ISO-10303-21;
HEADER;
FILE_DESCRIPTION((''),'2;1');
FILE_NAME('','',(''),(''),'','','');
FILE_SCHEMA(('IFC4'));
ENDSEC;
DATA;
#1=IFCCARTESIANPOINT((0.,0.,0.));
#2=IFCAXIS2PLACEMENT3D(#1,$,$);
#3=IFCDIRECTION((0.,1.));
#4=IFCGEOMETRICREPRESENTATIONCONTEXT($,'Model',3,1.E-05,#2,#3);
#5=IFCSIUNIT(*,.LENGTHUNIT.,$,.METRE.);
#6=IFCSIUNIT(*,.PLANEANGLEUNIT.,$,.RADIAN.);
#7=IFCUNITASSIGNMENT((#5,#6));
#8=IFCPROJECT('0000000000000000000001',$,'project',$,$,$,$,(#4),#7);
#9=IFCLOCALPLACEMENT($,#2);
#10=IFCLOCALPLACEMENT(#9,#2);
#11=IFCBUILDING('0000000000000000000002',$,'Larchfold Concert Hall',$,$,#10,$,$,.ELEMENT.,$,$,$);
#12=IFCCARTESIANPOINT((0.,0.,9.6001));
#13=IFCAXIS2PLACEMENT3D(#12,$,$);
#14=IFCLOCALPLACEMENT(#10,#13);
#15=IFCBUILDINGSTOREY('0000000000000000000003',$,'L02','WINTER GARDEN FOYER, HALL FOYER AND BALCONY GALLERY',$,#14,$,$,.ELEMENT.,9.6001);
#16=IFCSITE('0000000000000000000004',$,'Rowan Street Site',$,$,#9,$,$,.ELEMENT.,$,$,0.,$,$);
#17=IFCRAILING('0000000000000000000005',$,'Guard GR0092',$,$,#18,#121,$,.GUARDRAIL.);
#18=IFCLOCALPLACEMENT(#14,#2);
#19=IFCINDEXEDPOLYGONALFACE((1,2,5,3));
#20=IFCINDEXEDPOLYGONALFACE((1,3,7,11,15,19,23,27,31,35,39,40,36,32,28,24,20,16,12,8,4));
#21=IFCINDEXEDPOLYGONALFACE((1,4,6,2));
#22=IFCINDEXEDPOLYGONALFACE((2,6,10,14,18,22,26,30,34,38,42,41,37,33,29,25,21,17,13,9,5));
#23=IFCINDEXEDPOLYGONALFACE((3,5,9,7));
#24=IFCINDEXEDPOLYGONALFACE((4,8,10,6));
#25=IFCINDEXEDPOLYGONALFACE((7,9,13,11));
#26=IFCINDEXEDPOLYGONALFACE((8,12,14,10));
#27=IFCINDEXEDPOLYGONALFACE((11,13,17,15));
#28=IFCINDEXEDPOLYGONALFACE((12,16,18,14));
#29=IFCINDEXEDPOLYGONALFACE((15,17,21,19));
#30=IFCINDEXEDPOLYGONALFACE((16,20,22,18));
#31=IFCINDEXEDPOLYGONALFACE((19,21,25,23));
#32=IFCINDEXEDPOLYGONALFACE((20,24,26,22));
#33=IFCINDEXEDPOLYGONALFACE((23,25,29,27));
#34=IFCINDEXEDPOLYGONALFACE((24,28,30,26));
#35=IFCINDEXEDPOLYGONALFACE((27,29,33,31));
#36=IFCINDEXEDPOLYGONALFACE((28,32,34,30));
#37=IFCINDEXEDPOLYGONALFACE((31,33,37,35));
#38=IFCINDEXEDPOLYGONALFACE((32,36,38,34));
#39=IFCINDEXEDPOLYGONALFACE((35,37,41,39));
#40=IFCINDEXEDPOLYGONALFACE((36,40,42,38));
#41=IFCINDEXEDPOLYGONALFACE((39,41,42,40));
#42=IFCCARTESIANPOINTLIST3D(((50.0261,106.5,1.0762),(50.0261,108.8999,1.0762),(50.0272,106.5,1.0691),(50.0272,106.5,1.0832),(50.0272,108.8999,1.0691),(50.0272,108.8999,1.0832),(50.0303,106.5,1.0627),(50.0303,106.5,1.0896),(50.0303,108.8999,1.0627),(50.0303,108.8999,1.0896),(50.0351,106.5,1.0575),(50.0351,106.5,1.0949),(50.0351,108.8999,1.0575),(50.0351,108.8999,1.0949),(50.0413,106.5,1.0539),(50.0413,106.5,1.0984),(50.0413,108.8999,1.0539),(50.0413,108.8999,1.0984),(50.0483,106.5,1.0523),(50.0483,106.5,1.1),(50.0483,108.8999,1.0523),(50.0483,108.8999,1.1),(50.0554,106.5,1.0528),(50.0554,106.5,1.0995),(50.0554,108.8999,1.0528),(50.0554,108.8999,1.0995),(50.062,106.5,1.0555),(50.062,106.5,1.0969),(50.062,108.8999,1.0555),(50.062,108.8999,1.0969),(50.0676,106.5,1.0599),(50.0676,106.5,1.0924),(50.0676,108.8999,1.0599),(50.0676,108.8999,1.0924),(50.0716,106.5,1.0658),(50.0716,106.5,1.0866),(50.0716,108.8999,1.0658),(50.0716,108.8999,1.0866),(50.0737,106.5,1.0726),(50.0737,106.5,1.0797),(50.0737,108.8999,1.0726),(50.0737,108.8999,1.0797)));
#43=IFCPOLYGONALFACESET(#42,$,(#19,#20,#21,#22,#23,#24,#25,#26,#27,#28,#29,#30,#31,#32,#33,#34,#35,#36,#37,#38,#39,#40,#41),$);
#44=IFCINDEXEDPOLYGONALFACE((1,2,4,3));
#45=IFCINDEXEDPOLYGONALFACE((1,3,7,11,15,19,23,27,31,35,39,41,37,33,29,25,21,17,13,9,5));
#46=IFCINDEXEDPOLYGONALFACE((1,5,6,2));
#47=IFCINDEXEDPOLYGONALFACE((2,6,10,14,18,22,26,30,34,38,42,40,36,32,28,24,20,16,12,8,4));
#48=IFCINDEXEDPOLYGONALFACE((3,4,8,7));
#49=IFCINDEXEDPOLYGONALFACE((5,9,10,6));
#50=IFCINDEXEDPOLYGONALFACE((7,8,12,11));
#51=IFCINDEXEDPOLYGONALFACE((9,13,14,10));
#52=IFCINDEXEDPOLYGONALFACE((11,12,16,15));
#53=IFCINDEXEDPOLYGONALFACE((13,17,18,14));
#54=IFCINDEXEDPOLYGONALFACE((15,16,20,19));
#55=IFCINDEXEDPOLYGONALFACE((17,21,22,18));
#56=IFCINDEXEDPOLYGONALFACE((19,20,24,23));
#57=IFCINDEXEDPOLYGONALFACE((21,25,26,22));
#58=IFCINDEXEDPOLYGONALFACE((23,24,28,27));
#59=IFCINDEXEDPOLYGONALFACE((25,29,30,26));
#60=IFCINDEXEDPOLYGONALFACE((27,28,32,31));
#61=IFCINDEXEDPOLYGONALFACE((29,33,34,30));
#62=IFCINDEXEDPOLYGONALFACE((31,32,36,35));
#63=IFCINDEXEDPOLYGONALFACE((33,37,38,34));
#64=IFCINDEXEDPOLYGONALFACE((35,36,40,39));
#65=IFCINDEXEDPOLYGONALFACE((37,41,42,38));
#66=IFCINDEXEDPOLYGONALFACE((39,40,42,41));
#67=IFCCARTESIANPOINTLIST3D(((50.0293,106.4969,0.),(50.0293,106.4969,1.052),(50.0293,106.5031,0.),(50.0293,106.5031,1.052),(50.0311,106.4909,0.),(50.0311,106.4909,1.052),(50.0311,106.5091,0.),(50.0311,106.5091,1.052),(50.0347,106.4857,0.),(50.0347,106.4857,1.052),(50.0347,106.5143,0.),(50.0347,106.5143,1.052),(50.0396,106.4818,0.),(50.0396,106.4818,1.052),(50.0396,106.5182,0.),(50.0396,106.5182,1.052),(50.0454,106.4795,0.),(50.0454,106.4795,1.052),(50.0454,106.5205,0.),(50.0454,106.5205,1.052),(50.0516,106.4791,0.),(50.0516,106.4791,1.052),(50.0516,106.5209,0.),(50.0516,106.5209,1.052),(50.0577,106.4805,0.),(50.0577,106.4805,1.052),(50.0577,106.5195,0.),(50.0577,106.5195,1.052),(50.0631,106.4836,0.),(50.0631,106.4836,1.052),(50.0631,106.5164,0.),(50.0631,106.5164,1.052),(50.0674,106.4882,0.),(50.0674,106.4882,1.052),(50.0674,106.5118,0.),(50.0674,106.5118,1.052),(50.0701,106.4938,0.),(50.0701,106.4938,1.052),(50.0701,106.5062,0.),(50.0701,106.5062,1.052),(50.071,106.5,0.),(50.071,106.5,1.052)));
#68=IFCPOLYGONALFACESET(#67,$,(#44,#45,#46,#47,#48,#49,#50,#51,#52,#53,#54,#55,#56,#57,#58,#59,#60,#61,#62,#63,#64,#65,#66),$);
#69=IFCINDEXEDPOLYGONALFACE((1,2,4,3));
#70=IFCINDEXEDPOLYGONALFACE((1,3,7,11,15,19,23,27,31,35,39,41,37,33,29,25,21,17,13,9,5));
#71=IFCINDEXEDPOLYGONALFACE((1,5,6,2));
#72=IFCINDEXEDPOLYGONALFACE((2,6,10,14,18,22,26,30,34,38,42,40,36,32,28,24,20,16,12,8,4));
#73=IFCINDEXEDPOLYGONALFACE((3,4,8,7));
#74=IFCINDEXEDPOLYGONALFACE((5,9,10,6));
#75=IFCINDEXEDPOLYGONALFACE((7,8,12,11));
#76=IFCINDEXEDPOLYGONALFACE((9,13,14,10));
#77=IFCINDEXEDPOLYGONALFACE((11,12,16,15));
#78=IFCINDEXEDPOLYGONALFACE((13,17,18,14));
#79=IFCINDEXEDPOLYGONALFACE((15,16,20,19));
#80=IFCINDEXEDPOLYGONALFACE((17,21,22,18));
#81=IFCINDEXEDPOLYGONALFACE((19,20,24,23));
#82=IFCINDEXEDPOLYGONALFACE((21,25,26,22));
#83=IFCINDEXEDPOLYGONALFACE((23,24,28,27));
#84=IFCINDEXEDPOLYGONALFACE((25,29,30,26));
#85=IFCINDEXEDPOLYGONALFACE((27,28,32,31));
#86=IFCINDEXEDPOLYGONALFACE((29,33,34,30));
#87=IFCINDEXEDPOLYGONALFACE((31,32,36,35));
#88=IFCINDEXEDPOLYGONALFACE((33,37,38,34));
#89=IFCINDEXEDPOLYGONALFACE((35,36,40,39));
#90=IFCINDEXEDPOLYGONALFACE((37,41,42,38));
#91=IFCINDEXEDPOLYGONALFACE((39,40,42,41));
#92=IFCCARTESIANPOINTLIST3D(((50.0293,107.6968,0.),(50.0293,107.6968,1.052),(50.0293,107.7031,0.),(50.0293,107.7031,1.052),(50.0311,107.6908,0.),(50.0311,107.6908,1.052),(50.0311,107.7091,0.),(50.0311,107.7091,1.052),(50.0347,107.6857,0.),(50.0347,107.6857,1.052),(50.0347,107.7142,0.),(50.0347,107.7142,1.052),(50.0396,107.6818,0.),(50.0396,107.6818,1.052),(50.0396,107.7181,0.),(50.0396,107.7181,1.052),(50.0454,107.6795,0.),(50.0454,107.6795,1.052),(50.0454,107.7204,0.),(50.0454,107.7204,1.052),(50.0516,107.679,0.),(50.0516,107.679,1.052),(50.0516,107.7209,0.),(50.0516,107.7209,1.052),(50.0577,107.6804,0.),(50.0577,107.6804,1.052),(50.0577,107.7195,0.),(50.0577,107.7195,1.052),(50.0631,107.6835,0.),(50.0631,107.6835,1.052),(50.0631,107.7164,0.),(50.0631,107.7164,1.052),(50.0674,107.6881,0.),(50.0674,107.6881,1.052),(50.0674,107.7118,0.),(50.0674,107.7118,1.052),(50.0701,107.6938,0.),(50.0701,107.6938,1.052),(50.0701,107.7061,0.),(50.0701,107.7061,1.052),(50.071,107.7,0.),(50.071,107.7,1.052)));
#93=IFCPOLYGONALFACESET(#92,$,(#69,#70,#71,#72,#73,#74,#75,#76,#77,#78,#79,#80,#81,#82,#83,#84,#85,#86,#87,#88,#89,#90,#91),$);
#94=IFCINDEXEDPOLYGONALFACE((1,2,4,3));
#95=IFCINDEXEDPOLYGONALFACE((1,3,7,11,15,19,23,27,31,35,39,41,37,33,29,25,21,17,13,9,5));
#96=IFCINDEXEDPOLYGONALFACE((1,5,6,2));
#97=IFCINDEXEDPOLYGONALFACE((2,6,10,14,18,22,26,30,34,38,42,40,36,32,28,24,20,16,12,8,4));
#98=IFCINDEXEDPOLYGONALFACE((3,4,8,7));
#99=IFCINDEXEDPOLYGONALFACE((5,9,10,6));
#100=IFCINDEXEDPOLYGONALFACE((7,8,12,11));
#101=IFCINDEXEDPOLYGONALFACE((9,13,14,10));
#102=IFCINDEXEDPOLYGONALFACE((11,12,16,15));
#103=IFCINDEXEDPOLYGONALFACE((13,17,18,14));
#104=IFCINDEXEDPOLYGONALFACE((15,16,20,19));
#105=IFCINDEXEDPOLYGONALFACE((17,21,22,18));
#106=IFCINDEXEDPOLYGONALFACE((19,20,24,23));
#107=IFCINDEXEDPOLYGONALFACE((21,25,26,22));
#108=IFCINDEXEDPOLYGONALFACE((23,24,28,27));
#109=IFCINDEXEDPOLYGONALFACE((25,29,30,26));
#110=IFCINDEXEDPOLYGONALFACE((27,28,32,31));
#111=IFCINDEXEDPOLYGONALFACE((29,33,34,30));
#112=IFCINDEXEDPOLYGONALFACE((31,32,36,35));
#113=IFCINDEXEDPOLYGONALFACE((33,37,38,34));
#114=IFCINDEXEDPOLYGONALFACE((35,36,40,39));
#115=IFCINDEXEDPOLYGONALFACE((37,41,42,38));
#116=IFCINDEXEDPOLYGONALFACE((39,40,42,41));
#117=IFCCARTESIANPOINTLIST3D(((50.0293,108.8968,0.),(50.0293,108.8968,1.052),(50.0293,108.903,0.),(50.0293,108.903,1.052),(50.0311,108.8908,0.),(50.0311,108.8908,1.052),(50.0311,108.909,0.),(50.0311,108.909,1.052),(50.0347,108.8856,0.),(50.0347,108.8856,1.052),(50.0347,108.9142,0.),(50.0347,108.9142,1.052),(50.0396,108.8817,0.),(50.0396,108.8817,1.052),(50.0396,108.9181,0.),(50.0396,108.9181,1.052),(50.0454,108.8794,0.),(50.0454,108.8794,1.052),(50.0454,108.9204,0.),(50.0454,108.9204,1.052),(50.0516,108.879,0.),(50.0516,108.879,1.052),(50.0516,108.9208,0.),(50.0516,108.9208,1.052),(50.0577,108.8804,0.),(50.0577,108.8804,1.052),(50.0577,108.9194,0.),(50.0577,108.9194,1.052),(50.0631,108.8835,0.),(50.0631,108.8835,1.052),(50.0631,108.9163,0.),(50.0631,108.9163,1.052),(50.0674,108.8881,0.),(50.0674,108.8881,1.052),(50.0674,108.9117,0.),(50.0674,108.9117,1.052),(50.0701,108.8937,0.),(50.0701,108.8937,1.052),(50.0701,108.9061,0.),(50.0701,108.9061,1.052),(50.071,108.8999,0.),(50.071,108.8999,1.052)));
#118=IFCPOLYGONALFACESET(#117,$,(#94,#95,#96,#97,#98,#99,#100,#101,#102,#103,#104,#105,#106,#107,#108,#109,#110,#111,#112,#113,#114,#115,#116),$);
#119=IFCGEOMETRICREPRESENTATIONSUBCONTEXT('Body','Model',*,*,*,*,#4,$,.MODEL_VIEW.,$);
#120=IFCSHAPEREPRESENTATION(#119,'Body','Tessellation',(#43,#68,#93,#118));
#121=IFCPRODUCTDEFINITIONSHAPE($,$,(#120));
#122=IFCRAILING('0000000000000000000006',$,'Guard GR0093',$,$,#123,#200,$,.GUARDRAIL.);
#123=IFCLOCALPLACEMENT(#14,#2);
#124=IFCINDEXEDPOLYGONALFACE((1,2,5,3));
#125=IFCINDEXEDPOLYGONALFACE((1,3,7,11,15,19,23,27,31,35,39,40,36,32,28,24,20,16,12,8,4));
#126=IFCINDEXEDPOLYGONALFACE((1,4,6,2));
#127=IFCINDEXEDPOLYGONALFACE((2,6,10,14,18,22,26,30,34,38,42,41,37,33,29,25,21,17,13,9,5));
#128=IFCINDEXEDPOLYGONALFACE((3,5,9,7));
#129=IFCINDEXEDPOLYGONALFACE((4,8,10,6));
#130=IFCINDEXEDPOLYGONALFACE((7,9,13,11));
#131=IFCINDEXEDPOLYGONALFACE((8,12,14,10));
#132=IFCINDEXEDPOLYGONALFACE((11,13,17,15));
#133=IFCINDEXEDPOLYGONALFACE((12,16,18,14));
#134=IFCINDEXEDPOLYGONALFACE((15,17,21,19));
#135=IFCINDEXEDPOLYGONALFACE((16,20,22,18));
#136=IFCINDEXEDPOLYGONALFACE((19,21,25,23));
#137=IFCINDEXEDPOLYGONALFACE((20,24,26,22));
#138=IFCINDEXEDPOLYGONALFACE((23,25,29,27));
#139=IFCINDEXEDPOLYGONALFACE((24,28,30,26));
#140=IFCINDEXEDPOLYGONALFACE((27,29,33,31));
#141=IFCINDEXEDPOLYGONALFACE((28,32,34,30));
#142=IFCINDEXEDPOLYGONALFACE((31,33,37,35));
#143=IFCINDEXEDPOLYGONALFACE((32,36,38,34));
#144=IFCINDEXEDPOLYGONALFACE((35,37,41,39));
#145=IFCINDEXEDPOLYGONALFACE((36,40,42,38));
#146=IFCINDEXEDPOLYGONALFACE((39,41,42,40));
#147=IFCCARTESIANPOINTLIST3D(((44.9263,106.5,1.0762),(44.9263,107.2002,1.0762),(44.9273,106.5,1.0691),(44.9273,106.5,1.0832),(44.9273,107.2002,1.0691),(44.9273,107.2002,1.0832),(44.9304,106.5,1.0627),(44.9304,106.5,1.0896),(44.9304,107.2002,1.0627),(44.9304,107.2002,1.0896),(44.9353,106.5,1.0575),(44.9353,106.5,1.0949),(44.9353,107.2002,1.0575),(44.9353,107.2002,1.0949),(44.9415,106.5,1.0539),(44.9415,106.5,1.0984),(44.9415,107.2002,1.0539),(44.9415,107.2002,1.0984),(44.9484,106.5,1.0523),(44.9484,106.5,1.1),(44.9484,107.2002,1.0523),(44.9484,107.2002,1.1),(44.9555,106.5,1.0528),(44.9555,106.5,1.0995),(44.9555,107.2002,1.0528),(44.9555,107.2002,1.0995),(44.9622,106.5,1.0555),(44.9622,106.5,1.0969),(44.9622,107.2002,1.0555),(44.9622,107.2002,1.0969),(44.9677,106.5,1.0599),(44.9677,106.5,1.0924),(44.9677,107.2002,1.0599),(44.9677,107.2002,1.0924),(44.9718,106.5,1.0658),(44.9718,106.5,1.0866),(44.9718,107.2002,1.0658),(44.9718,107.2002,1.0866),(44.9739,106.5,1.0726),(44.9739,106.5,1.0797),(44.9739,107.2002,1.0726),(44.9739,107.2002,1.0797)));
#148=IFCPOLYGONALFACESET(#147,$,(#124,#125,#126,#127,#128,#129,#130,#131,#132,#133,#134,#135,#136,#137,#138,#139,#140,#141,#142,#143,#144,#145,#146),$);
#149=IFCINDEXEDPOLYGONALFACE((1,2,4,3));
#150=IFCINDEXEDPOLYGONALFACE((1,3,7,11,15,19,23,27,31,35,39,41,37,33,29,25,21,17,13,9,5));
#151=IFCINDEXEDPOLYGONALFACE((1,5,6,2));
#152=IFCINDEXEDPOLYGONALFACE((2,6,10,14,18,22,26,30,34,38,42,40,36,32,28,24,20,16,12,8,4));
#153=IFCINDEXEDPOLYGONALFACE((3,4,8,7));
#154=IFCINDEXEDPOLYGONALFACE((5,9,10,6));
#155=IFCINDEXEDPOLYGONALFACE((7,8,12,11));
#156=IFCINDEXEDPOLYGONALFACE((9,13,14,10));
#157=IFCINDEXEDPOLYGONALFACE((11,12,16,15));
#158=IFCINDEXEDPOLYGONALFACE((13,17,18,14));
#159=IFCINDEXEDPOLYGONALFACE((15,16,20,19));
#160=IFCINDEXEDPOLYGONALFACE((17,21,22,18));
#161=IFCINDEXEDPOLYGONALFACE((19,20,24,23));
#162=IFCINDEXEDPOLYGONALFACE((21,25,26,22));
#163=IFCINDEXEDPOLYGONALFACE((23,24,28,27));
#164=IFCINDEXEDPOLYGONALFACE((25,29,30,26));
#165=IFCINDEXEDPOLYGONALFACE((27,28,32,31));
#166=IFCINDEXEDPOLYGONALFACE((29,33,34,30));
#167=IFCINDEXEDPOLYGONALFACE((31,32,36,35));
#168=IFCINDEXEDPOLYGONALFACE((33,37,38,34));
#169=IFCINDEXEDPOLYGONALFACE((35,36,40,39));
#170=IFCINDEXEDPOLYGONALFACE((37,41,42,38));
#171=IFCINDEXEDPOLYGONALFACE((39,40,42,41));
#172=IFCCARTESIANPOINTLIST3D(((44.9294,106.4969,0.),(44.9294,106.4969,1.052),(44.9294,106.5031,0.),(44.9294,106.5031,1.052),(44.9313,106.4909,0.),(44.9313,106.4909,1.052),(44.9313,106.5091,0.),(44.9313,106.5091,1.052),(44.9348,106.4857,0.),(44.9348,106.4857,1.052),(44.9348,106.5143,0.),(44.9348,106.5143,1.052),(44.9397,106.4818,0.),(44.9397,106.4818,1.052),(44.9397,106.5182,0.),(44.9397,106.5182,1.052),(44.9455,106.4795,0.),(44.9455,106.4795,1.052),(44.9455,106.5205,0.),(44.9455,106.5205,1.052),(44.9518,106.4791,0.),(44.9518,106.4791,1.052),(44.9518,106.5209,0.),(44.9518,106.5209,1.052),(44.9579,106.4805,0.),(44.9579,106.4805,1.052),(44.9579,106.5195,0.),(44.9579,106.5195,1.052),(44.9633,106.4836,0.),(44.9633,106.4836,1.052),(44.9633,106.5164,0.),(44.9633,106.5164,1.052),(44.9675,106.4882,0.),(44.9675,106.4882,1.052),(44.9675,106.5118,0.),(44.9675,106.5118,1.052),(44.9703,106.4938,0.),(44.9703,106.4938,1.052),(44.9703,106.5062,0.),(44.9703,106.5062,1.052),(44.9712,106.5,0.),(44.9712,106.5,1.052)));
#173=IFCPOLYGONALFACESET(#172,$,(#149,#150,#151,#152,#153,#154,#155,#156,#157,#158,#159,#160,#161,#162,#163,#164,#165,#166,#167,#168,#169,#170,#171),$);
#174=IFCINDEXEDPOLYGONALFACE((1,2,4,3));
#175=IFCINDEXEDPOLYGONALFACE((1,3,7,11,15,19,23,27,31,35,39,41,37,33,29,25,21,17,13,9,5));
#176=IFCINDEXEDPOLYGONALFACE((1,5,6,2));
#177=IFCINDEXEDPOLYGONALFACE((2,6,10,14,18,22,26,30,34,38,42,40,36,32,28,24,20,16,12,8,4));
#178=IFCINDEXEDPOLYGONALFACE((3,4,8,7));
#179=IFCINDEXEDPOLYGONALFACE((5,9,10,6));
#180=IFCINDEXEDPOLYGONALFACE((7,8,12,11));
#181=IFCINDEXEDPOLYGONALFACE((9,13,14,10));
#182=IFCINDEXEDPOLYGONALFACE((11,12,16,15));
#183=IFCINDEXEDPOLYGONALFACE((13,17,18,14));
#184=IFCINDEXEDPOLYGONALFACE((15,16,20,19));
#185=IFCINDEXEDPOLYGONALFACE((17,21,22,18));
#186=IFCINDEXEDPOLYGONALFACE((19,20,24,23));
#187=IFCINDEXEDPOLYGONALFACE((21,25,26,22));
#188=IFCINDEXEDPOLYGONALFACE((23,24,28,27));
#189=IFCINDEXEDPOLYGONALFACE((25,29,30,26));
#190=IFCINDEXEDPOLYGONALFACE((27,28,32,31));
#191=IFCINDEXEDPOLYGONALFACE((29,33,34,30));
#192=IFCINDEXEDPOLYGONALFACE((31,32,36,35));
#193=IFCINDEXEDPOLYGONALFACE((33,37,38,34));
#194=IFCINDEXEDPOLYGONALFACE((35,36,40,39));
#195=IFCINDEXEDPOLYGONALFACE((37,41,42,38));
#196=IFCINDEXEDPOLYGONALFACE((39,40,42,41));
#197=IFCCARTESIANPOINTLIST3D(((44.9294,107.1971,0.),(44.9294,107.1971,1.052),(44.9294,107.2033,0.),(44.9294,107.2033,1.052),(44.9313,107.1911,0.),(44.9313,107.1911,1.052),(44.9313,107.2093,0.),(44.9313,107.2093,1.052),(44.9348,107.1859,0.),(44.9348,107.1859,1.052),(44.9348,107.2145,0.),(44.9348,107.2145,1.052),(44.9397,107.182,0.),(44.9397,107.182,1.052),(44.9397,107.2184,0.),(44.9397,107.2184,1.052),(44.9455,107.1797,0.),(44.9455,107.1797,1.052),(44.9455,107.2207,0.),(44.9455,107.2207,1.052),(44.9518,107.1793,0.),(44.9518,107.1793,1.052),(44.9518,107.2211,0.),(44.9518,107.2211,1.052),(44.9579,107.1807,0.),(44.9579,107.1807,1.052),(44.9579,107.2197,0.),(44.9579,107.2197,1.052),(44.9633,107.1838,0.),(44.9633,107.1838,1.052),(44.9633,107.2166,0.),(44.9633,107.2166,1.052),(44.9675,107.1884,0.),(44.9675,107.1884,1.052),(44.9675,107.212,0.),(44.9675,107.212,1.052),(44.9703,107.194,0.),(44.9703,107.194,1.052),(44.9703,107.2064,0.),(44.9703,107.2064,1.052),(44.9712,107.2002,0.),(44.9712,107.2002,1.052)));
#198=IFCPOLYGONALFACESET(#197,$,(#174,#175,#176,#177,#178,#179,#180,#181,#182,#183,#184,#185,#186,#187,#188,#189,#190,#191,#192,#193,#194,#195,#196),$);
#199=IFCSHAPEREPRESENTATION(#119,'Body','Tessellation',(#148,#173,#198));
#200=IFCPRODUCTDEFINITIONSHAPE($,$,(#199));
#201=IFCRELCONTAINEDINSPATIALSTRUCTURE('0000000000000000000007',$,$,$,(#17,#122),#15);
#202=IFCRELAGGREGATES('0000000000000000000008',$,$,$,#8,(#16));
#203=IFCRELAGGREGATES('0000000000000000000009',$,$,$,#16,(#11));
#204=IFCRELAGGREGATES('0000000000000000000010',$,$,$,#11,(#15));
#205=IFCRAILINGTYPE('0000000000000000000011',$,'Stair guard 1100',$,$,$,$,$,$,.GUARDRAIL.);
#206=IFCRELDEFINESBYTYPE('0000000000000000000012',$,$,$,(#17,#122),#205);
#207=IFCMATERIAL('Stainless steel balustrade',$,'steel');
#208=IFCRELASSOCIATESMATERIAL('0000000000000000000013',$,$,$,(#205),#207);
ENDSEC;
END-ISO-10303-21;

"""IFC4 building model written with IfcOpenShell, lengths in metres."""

from ifc_helpers import new_model, si_unit, direction, frame, origin, origin_2d, place, context, subcontext, project, spatial, circle, extrude, material, type_object, element, save


model = new_model("IFC4")

# Units and contexts
model_context = context("Model", 3, precision=1e-05, world=origin(), true_north=direction((0.0, 1.0)))
body_context = subcontext(model_context, "Body", "Model", "MODEL_VIEW")
ifc_project = project(units=[si_unit("LENGTHUNIT", "METRE"), si_unit("PLANEANGLEUNIT", "RADIAN")], contexts=[model_context])

# Site, building, storey
site_placement = place(None, origin())
site = spatial("IfcSite", under=ifc_project, at=site_placement, Name="Rowan Street Site", CompositionType="ELEMENT", RefElevation=0.0)
building_placement = place(site_placement, origin())
building = spatial("IfcBuilding", under=site, at=building_placement, Name="Larchfold Concert Hall", CompositionType="ELEMENT")
storey_placement = place(building_placement, frame((0.0, 0.0, 9.6001)))
storey = spatial("IfcBuildingStorey", under=building, at=storey_placement, Name="L02", Description="WINTER GARDEN FOYER, HALL FOYER AND BALCONY GALLERY", CompositionType="ELEMENT", Elevation=9.6001)

# Railings
ifc_material_1 = material(Name="Stainless steel balustrade", Category="steel")
railing_type_1 = type_object("IfcRailingType", Name="Stair guard 1100", PredefinedType="GUARDRAIL", material=ifc_material_1)
railing_1_placement = place(storey_placement, frame((50.05, 106.5, 0.0)))
element("IfcRailing", 1, at=railing_1_placement, inside=storey, type_object=railing_type_1, Name="Guard GR0092", PredefinedType="GUARDRAIL", context=body_context, shape_type="SweptSolid", body=[
    extrude(circle(Radius=0.0239, at=origin_2d()), frame((0.0, 0.0, 1.0762), z_axis=(0.0, 1.0, 0.0), x_axis=(-1.0, 0.0, 0.0)), (0.0, 0.0, 1.0), 2.3999),
    extrude(circle(Radius=0.021, at=origin_2d()), origin(), (0.0, 0.0, 1.0), 1.052),
    extrude(circle(Radius=0.021, at=origin_2d()), frame((0.0, 1.2, 0.0)), (0.0, 0.0, 1.0), 1.052),
    extrude(circle(Radius=0.021, at=origin_2d()), frame((0.0, 2.3999, 0.0)), (0.0, 0.0, 1.0), 1.052),
])
railing_2_placement = place(storey_placement, frame((44.9502, 106.5, 0.0)))
element("IfcRailing", 2, at=railing_2_placement, inside=storey, type_object=railing_type_1, Name="Guard GR0093", PredefinedType="GUARDRAIL", context=body_context, shape_type="SweptSolid", body=[
    extrude(circle(Radius=0.0239, at=origin_2d()), frame((0.0, 0.0, 1.0762), z_axis=(0.0, 1.0, 0.0), x_axis=(-1.0, 0.0, 0.0)), (0.0, 0.0, 1.0), 0.7002),
    extrude(circle(Radius=0.021, at=origin_2d()), origin(), (0.0, 0.0, 1.0), 1.052),
    extrude(circle(Radius=0.021, at=origin_2d()), frame((0.0, 0.7002, 0.0)), (0.0, 0.0, 1.0), 1.052),
])

save(model, "model.ifc")
